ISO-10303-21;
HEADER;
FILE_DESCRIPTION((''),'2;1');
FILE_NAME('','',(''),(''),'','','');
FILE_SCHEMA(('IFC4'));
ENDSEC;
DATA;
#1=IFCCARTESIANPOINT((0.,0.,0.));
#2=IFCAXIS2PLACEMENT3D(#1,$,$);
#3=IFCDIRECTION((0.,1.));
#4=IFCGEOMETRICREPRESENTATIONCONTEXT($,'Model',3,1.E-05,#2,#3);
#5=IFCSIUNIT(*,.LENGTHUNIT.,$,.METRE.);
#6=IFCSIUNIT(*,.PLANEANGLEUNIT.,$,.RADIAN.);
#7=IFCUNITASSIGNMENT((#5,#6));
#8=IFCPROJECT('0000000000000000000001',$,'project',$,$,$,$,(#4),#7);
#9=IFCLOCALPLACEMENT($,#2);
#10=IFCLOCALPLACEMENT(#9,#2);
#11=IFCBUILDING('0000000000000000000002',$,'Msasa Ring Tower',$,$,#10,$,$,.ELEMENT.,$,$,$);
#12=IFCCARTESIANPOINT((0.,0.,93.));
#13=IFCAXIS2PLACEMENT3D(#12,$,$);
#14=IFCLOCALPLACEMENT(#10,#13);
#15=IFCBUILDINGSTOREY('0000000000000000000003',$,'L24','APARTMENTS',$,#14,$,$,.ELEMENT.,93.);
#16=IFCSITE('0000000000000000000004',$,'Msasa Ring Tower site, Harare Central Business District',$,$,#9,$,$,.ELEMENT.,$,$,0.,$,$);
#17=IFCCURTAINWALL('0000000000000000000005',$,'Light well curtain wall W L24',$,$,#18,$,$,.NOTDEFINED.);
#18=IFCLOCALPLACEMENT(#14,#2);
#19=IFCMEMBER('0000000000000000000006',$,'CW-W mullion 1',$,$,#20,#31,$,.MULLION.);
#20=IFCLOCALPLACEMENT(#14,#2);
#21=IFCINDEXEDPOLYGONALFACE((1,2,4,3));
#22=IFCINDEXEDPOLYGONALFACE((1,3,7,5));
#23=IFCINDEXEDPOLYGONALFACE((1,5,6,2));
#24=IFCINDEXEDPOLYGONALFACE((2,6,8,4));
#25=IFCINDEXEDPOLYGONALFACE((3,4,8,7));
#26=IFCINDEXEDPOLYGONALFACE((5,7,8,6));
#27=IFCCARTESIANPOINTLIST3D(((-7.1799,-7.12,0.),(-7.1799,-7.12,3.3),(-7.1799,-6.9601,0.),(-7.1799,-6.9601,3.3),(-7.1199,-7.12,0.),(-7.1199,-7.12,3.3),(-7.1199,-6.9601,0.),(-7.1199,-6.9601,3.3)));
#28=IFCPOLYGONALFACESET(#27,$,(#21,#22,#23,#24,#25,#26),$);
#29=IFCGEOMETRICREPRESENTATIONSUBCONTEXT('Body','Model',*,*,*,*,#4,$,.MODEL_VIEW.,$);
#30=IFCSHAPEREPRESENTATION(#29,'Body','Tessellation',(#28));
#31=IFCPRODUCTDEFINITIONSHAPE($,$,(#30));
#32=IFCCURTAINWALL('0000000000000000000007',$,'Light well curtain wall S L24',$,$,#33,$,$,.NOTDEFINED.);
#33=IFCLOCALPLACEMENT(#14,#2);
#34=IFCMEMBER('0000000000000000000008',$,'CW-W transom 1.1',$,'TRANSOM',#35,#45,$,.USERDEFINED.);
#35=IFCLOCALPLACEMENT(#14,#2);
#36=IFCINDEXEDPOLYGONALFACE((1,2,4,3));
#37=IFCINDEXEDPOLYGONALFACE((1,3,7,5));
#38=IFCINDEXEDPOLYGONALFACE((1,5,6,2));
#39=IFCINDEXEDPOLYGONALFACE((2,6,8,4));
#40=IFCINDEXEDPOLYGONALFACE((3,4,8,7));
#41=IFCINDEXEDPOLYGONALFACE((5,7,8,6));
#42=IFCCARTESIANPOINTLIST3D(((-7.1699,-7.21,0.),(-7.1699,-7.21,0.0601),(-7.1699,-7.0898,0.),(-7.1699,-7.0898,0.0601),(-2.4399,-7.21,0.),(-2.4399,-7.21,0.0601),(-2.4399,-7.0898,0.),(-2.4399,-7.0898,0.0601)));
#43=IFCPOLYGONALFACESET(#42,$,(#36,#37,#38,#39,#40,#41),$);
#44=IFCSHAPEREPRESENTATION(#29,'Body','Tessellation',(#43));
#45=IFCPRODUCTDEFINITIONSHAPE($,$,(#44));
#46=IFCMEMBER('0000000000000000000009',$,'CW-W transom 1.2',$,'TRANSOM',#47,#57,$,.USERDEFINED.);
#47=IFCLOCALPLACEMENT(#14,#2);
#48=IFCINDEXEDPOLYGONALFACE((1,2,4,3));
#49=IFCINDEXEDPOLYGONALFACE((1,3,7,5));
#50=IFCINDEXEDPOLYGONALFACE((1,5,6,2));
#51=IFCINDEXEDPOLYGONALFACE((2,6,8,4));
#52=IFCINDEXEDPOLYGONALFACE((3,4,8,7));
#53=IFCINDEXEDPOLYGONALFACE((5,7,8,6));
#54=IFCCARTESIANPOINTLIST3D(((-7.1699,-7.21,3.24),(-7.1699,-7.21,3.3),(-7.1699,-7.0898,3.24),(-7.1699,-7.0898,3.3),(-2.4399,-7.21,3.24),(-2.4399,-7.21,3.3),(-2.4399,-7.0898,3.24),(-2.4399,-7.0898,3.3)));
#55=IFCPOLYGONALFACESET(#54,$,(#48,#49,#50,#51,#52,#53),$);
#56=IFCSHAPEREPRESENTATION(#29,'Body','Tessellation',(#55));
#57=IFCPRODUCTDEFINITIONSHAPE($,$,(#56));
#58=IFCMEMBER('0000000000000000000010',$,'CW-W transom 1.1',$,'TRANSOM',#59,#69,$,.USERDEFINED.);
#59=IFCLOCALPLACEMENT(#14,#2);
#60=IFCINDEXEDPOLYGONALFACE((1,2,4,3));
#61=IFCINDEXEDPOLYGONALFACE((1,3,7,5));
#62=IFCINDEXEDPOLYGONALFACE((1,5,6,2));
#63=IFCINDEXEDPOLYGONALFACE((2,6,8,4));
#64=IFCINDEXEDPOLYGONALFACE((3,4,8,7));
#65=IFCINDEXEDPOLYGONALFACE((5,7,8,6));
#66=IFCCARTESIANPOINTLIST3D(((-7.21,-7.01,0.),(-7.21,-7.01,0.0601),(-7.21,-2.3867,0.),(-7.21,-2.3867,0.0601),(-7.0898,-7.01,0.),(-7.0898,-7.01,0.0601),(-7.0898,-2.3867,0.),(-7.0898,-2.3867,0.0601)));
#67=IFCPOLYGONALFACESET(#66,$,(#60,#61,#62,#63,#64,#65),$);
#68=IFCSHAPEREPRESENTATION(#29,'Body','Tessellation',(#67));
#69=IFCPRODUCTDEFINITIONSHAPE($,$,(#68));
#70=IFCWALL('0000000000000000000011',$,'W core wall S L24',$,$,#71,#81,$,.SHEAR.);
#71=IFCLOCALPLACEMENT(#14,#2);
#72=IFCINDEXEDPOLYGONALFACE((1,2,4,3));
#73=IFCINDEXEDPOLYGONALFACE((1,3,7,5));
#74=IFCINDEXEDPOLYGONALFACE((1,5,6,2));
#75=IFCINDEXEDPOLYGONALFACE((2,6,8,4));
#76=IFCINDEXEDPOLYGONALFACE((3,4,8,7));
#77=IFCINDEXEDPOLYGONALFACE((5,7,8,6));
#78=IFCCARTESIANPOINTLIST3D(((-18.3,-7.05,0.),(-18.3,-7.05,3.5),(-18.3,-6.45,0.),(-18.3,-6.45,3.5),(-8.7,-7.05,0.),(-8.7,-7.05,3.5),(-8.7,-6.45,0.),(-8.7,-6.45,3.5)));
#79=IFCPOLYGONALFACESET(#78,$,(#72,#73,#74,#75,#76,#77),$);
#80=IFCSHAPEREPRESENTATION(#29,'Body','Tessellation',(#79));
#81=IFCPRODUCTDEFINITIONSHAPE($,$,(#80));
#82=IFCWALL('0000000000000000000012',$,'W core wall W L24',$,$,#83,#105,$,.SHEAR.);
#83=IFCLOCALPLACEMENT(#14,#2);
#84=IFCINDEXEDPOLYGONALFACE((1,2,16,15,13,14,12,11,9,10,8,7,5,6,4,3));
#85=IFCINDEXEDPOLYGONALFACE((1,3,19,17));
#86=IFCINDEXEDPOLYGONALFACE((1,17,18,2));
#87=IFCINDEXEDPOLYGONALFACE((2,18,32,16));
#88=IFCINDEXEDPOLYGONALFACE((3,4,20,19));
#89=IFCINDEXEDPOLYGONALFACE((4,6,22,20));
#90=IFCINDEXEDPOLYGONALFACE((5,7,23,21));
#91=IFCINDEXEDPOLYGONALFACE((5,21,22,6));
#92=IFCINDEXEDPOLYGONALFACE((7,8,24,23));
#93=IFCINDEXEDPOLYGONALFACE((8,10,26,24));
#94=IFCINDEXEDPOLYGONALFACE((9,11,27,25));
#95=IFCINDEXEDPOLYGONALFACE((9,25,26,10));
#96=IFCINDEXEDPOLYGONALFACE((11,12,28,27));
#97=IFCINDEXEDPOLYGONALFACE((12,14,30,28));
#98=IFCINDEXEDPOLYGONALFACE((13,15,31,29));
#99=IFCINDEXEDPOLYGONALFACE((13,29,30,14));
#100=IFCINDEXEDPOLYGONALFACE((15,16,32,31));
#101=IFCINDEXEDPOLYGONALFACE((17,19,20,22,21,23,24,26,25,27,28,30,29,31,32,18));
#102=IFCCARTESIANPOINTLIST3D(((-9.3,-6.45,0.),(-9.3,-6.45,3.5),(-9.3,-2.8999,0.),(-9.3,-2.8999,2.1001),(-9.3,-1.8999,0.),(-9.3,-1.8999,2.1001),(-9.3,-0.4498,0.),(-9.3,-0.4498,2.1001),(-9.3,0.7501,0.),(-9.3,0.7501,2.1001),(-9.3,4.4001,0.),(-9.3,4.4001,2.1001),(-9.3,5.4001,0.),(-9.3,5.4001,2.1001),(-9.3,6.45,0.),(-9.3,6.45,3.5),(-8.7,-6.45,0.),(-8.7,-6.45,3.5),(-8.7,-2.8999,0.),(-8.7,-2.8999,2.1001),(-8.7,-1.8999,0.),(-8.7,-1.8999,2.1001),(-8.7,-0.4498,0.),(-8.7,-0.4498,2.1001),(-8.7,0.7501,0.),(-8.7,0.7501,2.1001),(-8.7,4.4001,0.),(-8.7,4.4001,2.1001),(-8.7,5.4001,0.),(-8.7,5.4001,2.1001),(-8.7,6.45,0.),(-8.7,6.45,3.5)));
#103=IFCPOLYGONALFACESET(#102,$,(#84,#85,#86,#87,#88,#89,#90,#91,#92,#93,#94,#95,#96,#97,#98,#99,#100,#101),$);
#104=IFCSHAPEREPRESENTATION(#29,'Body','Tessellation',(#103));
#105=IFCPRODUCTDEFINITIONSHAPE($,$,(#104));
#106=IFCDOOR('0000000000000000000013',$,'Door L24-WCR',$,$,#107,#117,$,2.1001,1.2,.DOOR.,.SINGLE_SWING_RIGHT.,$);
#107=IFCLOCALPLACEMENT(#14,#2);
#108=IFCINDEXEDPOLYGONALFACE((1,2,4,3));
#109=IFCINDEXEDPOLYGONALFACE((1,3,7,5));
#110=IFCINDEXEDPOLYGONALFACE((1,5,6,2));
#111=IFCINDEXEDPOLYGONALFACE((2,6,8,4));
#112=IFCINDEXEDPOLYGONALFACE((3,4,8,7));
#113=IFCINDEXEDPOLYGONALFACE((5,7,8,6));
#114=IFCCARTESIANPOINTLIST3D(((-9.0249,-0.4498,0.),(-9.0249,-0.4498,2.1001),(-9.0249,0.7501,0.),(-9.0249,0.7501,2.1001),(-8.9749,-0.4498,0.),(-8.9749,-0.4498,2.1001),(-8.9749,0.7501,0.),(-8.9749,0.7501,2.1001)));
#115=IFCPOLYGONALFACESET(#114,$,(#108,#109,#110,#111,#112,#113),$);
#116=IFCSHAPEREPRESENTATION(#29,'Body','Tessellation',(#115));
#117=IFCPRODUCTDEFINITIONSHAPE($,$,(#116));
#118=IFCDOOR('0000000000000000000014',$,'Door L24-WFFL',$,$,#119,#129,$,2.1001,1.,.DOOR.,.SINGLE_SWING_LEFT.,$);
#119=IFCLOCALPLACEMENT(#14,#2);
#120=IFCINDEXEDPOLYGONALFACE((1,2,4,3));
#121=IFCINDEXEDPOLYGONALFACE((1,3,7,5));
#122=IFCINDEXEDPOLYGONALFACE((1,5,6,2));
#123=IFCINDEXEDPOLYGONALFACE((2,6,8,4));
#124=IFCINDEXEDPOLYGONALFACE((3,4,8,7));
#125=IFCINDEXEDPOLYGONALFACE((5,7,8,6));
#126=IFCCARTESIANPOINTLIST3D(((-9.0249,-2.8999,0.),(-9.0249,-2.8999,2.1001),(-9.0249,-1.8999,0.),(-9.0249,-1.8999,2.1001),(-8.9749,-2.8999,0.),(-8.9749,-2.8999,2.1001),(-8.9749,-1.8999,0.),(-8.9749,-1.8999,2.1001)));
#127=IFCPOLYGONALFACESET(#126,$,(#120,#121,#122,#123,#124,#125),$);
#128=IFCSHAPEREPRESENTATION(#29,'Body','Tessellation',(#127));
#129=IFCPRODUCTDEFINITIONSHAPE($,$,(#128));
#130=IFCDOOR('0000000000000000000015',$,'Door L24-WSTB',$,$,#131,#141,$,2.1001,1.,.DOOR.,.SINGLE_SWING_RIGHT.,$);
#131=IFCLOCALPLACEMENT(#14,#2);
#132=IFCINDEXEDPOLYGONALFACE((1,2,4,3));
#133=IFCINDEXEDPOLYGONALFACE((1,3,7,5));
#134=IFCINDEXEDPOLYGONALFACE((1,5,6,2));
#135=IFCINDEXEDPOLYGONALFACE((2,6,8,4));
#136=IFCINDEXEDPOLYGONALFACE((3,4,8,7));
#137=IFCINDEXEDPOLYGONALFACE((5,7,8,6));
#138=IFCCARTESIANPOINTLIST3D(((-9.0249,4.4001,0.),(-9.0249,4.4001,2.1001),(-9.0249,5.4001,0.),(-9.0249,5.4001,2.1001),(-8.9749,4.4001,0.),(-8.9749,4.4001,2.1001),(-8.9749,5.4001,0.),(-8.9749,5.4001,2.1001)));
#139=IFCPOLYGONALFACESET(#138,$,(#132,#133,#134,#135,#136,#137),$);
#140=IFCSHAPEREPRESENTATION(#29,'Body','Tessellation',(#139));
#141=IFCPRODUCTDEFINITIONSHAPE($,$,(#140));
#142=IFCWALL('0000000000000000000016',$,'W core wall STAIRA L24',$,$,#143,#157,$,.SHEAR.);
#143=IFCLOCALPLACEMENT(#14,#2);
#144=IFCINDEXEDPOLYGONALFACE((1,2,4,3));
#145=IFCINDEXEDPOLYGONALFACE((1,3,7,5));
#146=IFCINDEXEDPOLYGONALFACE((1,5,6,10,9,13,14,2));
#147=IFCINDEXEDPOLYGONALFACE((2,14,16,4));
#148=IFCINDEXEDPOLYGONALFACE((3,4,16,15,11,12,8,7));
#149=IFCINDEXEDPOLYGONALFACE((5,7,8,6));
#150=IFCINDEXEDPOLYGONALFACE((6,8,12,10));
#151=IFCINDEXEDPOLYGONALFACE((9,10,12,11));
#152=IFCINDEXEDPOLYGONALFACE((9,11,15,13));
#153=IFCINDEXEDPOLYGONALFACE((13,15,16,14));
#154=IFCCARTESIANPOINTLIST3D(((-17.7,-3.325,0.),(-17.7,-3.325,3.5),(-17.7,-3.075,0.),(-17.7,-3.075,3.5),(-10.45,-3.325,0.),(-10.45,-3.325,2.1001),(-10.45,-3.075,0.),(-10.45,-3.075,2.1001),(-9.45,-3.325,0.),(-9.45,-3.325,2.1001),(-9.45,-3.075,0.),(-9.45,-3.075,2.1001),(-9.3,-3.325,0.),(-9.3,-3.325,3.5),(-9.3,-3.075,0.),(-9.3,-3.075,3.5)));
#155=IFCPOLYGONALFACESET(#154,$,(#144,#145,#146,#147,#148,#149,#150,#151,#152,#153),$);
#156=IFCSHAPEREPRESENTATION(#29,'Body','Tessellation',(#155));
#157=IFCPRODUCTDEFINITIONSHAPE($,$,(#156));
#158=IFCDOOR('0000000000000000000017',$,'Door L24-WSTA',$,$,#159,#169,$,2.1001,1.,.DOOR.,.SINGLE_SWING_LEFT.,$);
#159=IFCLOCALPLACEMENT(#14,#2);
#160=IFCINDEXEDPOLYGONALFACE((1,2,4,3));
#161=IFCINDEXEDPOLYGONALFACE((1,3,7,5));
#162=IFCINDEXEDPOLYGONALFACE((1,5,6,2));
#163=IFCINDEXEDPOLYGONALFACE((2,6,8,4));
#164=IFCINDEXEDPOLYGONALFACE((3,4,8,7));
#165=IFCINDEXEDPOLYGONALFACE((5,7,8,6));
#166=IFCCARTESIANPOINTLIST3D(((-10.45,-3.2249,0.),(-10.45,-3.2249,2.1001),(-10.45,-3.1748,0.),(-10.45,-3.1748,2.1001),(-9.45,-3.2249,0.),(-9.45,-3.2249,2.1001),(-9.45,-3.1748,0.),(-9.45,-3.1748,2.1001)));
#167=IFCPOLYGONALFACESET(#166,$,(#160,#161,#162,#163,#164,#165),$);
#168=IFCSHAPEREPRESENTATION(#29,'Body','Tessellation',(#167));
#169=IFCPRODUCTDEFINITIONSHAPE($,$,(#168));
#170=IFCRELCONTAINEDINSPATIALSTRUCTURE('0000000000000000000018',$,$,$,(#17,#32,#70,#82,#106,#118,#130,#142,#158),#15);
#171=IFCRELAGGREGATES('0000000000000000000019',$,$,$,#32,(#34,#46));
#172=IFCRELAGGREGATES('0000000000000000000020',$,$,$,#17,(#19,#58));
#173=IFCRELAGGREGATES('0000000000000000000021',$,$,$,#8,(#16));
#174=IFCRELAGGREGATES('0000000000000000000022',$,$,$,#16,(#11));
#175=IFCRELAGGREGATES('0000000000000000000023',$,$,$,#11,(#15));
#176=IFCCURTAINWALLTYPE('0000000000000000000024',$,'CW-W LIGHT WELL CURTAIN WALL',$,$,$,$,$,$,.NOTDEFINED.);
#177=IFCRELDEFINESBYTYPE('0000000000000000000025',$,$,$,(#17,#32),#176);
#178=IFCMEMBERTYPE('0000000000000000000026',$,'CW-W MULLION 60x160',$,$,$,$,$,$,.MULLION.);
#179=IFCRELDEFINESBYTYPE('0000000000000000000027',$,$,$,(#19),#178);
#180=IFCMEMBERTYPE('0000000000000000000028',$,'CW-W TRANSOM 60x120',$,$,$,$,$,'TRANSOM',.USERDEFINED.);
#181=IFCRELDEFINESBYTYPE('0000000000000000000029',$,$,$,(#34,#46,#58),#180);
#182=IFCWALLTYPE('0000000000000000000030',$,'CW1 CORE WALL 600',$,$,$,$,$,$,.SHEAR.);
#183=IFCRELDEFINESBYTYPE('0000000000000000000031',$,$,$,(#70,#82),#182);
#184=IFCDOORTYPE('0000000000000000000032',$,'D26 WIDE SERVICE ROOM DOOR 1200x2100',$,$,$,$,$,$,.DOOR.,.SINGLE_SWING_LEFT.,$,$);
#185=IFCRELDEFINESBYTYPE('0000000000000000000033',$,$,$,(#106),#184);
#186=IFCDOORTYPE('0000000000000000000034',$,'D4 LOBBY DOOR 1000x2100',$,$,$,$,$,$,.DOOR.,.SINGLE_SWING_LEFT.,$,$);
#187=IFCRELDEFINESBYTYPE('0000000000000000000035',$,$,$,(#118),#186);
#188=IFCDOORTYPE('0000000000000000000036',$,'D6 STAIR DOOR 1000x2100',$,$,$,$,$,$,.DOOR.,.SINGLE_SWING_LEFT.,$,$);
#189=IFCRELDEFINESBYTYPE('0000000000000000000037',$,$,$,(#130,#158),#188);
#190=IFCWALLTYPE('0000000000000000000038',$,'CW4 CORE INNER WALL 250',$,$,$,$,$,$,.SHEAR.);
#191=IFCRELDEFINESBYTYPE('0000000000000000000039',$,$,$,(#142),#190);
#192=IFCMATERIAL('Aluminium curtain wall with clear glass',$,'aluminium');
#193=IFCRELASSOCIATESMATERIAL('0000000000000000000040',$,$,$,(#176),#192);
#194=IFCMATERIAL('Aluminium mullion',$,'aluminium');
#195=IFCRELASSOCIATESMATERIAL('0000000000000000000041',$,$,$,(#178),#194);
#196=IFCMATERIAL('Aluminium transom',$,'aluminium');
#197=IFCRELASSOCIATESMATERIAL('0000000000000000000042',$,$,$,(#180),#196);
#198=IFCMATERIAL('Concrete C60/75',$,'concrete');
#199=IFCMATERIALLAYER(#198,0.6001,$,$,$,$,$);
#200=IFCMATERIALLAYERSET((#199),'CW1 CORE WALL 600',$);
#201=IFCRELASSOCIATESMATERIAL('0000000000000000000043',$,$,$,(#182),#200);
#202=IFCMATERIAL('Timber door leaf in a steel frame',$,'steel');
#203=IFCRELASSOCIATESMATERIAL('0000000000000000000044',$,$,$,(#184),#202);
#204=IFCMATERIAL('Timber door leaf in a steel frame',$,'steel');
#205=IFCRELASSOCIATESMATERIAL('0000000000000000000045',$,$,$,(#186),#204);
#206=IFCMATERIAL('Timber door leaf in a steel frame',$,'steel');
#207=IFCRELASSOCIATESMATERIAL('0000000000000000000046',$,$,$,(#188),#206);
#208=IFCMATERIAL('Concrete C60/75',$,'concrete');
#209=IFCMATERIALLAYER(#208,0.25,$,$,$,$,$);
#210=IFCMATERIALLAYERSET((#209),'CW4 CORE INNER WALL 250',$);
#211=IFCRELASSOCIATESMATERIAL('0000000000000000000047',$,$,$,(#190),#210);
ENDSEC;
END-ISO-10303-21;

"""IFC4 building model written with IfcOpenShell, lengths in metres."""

from ifc_helpers import new_model, si_unit, direction, frame, frame_2d, origin, origin_2d, place, context, subcontext, project, spatial, rectangle, extrude, material, layer, layer_set, material_profile, profile_set, type_object, element, fill, aggregate, save


model = new_model("IFC4")

# Units and contexts
model_context = context("Model", 3, precision=1e-05, world=origin(), true_north=direction((0.0, 1.0)))
body_context = subcontext(model_context, "Body", "Model", "MODEL_VIEW")
ifc_project = project(units=[si_unit("LENGTHUNIT", "METRE"), si_unit("PLANEANGLEUNIT", "RADIAN")], contexts=[model_context])

# Site, building, storey
site_placement = place(None, origin())
site = spatial("IfcSite", under=ifc_project, at=site_placement, Name="Msasa Ring Tower site, Harare Central Business District", CompositionType="ELEMENT", RefElevation=0.0)
building_placement = place(site_placement, origin())
building = spatial("IfcBuilding", under=site, at=building_placement, Name="Msasa Ring Tower", CompositionType="ELEMENT")
storey_placement = place(building_placement, frame((0.0, 0.0, 93.0)))
storey = spatial("IfcBuildingStorey", under=building, at=storey_placement, Name="L24", Description="APARTMENTS", CompositionType="ELEMENT", Elevation=93.0)

# Curtain wall, member
ifc_material_1 = material(Name="Aluminium curtain wall with clear glass", Category="aluminium")
curtain_wall_type = type_object("IfcCurtainWallType", Name="CW-W LIGHT WELL CURTAIN WALL", PredefinedType="NOTDEFINED", material=ifc_material_1)
curtain_wall_1_placement = place(storey_placement, origin())
curtain_wall_1 = element("IfcCurtainWall", 1, at=curtain_wall_1_placement, inside=storey, type_object=curtain_wall_type, Name="Light well curtain wall W L24", PredefinedType="NOTDEFINED")
ifc_material_2 = material(Name="Aluminium mullion", Category="aluminium")
ifc_material_profile_1 = material_profile(ifc_material_2, rectangle(XDim=0.0601, YDim=0.1599, at=origin_2d()), Name="AL 60x160")
ifc_profile_set_1 = profile_set([ifc_material_profile_1], Name="Aluminium mullion")
member_type_1 = type_object("IfcMemberType", Name="CW-W MULLION 60x160", PredefinedType="MULLION", material=ifc_profile_set_1)
member_1_placement = place(storey_placement, frame((-7.1499, -7.04, 0.0), z_axis=(0.0, 0.0, 1.0), x_axis=(-1.0, 0.0, 0.0)))
member_1 = element("IfcMember", 2, at=member_1_placement, type_object=member_type_1, Name="CW-W mullion 1", PredefinedType="MULLION", context=body_context, shape_type="SweptSolid", body=[
    extrude(rectangle(XDim=0.0601, YDim=0.1599, at=origin_2d()), origin(), (0.0, 0.0, 1.0), 3.3),
])

# Curtain wall, members
curtain_wall_2_placement = place(storey_placement, origin())
curtain_wall_2 = element("IfcCurtainWall", 3, at=curtain_wall_2_placement, inside=storey, type_object=curtain_wall_type, Name="Light well curtain wall S L24", PredefinedType="NOTDEFINED")
ifc_material_3 = material(Name="Aluminium transom", Category="aluminium")
ifc_material_profile_2 = material_profile(ifc_material_3, rectangle(XDim=0.1201, YDim=0.0601, at=origin_2d()), Name="AL 60x120")
ifc_profile_set_2 = profile_set([ifc_material_profile_2], Name="Aluminium transom")
member_type_2 = type_object("IfcMemberType", Name="CW-W TRANSOM 60x120", ElementType="TRANSOM", PredefinedType="USERDEFINED", material=ifc_profile_set_2)
member_2_placement = place(storey_placement, frame((-7.1699, -7.1499, 0.03), z_axis=(1.0, 0.0, 0.0), x_axis=(0.0, 1.0, 0.0)))
member_2 = element("IfcMember", 4, at=member_2_placement, type_object=member_type_2, Name="CW-W transom 1.1", ObjectType="TRANSOM", PredefinedType="USERDEFINED", context=body_context, shape_type="SweptSolid", body=[
    extrude(rectangle(XDim=0.1201, YDim=0.0601, at=origin_2d()), origin(), (0.0, 0.0, 1.0), 4.73),
])
member_3_placement = place(storey_placement, frame((-7.1699, -7.1499, 3.27), z_axis=(1.0, 0.0, 0.0), x_axis=(0.0, 1.0, 0.0)))
member_3 = element("IfcMember", 5, at=member_3_placement, type_object=member_type_2, Name="CW-W transom 1.2", ObjectType="TRANSOM", PredefinedType="USERDEFINED", context=body_context, shape_type="SweptSolid", body=[
    extrude(rectangle(XDim=0.1201, YDim=0.0601, at=origin_2d()), origin(), (0.0, 0.0, 1.0), 4.73),
])
aggregate(curtain_wall_2, [member_2, member_3])

# Member
member_4_placement = place(storey_placement, frame((-7.1499, -7.01, 0.03), z_axis=(0.0, 1.0, 0.0), x_axis=(-1.0, 0.0, 0.0)))
member_4 = element("IfcMember", 6, at=member_4_placement, type_object=member_type_2, Name="CW-W transom 1.1", ObjectType="TRANSOM", PredefinedType="USERDEFINED", context=body_context, shape_type="SweptSolid", body=[
    extrude(rectangle(XDim=0.1201, YDim=0.0601, at=origin_2d()), origin(), (0.0, 0.0, 1.0), 4.6233),
])
aggregate(curtain_wall_1, [member_1, member_4])

# Wall
ifc_material_4 = material(Name="Concrete C60/75", Category="concrete")
ifc_layer_1 = layer(ifc_material_4, 0.6001)
ifc_layer_set_1 = layer_set([ifc_layer_1], Name="CW1 CORE WALL 600")
wall_type_1 = type_object("IfcWallType", Name="CW1 CORE WALL 600", PredefinedType="SHEAR", material=ifc_layer_set_1)
wall_1_placement = place(storey_placement, frame((-8.7, -6.75, 0.0), z_axis=(0.0, 0.0, 1.0), x_axis=(-1.0, 0.0, 0.0)))
element("IfcWall", 7, at=wall_1_placement, inside=storey, type_object=wall_type_1, Name="W core wall S L24", PredefinedType="SHEAR", context=body_context, shape_type="SweptSolid", body=[
    extrude(rectangle(XDim=9.6001, YDim=0.6001, at=frame_2d((4.8, 0.0))), origin(), (0.0, 0.0, 1.0), 3.5),
])

# Wall, openings, doors
wall_2_placement = place(storey_placement, frame((-9.0, -6.45, 0.0), z_axis=(0.0, 0.0, 1.0), x_axis=(0.0, 1.0, 0.0)))
wall_2 = element("IfcWall", 8, at=wall_2_placement, inside=storey, type_object=wall_type_1, Name="W core wall W L24", PredefinedType="SHEAR", context=body_context, shape_type="SweptSolid", body=[
    extrude(rectangle(XDim=12.8999, YDim=0.6001, at=frame_2d((6.45, 0.0))), origin(), (0.0, 0.0, 1.0), 3.5),
])
opening_1_placement = place(wall_2_placement, frame((3.55, 0.0, 0.0)))
opening_1 = element("IfcOpeningElement", 9, at=opening_1_placement, cuts=wall_2, PredefinedType="OPENING", context=body_context, shape_type="SweptSolid", body=[
    extrude(rectangle(XDim=1.0, YDim=2.1001, at=frame_2d((0.5, 1.05))), frame((0.0, 0.3101, 0.0), z_axis=(0.0, -1.0, 0.0), x_axis=(1.0, 0.0, 0.0)), (0.0, 0.0, 1.0), 0.6201),
])
opening_2_placement = place(wall_2_placement, frame((6.0, 0.0, 0.0)))
opening_2 = element("IfcOpeningElement", 10, at=opening_2_placement, cuts=wall_2, PredefinedType="OPENING", context=body_context, shape_type="SweptSolid", body=[
    extrude(rectangle(XDim=1.2, YDim=2.1001, at=frame_2d((0.6001, 1.05))), frame((0.0, 0.3101, 0.0), z_axis=(0.0, -1.0, 0.0), x_axis=(1.0, 0.0, 0.0)), (0.0, 0.0, 1.0), 0.6201),
])
opening_3_placement = place(wall_2_placement, frame((10.8501, 0.0, 0.0)))
opening_3 = element("IfcOpeningElement", 11, at=opening_3_placement, cuts=wall_2, PredefinedType="OPENING", context=body_context, shape_type="SweptSolid", body=[
    extrude(rectangle(XDim=1.0, YDim=2.1001, at=frame_2d((0.5, 1.05))), frame((0.0, 0.3101, 0.0), z_axis=(0.0, -1.0, 0.0), x_axis=(1.0, 0.0, 0.0)), (0.0, 0.0, 1.0), 0.6201),
])
ifc_material_5 = material(Name="Timber door leaf in a steel frame", Category="steel")
door_type_1 = type_object("IfcDoorType", Name="D26 WIDE SERVICE ROOM DOOR 1200x2100", OperationType="SINGLE_SWING_LEFT", PredefinedType="DOOR", material=ifc_material_5)
door_1_placement = place(opening_2_placement, origin())
door_1 = element("IfcDoor", 12, at=door_1_placement, inside=storey, type_object=door_type_1, Name="Door L24-WCR", OperationType="SINGLE_SWING_RIGHT", OverallHeight=2.1001, OverallWidth=1.2, PredefinedType="DOOR", context=body_context, shape_type="SweptSolid", body=[
    extrude(rectangle(XDim=1.2, YDim=2.1001, at=frame_2d((0.6001, 1.05))), frame((0.0, 0.0249, 0.0), z_axis=(0.0, -1.0, 0.0), x_axis=(1.0, 0.0, 0.0)), (0.0, 0.0, 1.0), 0.05),
])
fill(opening_2, door_1)
ifc_material_6 = material(Name="Timber door leaf in a steel frame", Category="steel")
door_type_2 = type_object("IfcDoorType", Name="D4 LOBBY DOOR 1000x2100", OperationType="SINGLE_SWING_LEFT", PredefinedType="DOOR", material=ifc_material_6)
door_2_placement = place(opening_1_placement, origin())
door_2 = element("IfcDoor", 13, at=door_2_placement, inside=storey, type_object=door_type_2, Name="Door L24-WFFL", OperationType="SINGLE_SWING_LEFT", OverallHeight=2.1001, OverallWidth=1.0, PredefinedType="DOOR", context=body_context, shape_type="SweptSolid", body=[
    extrude(rectangle(XDim=1.0, YDim=2.1001, at=frame_2d((0.5, 1.05))), frame((0.0, 0.0249, 0.0), z_axis=(0.0, -1.0, 0.0), x_axis=(1.0, 0.0, 0.0)), (0.0, 0.0, 1.0), 0.05),
])
fill(opening_1, door_2)
ifc_material_7 = material(Name="Timber door leaf in a steel frame", Category="steel")
door_type_3 = type_object("IfcDoorType", Name="D6 STAIR DOOR 1000x2100", OperationType="SINGLE_SWING_LEFT", PredefinedType="DOOR", material=ifc_material_7)
door_3_placement = place(opening_3_placement, origin())
door_3 = element("IfcDoor", 14, at=door_3_placement, inside=storey, type_object=door_type_3, Name="Door L24-WSTB", OperationType="SINGLE_SWING_RIGHT", OverallHeight=2.1001, OverallWidth=1.0, PredefinedType="DOOR", context=body_context, shape_type="SweptSolid", body=[
    extrude(rectangle(XDim=1.0, YDim=2.1001, at=frame_2d((0.5, 1.05))), frame((0.0, 0.0249, 0.0), z_axis=(0.0, -1.0, 0.0), x_axis=(1.0, 0.0, 0.0)), (0.0, 0.0, 1.0), 0.05),
])
fill(opening_3, door_3)

# Wall, opening, door
ifc_material_8 = material(Name="Concrete C60/75", Category="concrete")
ifc_layer_2 = layer(ifc_material_8, 0.25)
ifc_layer_set_2 = layer_set([ifc_layer_2], Name="CW4 CORE INNER WALL 250")
wall_type_2 = type_object("IfcWallType", Name="CW4 CORE INNER WALL 250", PredefinedType="SHEAR", material=ifc_layer_set_2)
wall_3_placement = place(storey_placement, frame((-9.3, -3.2, 0.0), z_axis=(0.0, 0.0, 1.0), x_axis=(-1.0, 0.0, 0.0)))
wall_3 = element("IfcWall", 15, at=wall_3_placement, inside=storey, type_object=wall_type_2, Name="W core wall STAIRA L24", PredefinedType="SHEAR", context=body_context, shape_type="SweptSolid", body=[
    extrude(rectangle(XDim=8.3999, YDim=0.25, at=frame_2d((4.2, 0.0))), origin(), (0.0, 0.0, 1.0), 3.5),
])
opening_4_placement = place(wall_3_placement, frame((0.1499, 0.0, 0.0)))
opening_4 = element("IfcOpeningElement", 16, at=opening_4_placement, cuts=wall_3, PredefinedType="OPENING", context=body_context, shape_type="SweptSolid", body=[
    extrude(rectangle(XDim=1.0, YDim=2.1001, at=frame_2d((0.5, 1.05))), frame((0.0, 0.135, 0.0), z_axis=(0.0, -1.0, 0.0), x_axis=(1.0, 0.0, 0.0)), (0.0, 0.0, 1.0), 0.27),
])
door_4_placement = place(opening_4_placement, origin())
door_4 = element("IfcDoor", 17, at=door_4_placement, inside=storey, type_object=door_type_3, Name="Door L24-WSTA", OperationType="SINGLE_SWING_LEFT", OverallHeight=2.1001, OverallWidth=1.0, PredefinedType="DOOR", context=body_context, shape_type="SweptSolid", body=[
    extrude(rectangle(XDim=1.0, YDim=2.1001, at=frame_2d((0.5, 1.05))), frame((0.0, 0.0249, 0.0), z_axis=(0.0, -1.0, 0.0), x_axis=(1.0, 0.0, 0.0)), (0.0, 0.0, 1.0), 0.05),
])
fill(opening_4, door_4)

save(model, "model.ifc")
